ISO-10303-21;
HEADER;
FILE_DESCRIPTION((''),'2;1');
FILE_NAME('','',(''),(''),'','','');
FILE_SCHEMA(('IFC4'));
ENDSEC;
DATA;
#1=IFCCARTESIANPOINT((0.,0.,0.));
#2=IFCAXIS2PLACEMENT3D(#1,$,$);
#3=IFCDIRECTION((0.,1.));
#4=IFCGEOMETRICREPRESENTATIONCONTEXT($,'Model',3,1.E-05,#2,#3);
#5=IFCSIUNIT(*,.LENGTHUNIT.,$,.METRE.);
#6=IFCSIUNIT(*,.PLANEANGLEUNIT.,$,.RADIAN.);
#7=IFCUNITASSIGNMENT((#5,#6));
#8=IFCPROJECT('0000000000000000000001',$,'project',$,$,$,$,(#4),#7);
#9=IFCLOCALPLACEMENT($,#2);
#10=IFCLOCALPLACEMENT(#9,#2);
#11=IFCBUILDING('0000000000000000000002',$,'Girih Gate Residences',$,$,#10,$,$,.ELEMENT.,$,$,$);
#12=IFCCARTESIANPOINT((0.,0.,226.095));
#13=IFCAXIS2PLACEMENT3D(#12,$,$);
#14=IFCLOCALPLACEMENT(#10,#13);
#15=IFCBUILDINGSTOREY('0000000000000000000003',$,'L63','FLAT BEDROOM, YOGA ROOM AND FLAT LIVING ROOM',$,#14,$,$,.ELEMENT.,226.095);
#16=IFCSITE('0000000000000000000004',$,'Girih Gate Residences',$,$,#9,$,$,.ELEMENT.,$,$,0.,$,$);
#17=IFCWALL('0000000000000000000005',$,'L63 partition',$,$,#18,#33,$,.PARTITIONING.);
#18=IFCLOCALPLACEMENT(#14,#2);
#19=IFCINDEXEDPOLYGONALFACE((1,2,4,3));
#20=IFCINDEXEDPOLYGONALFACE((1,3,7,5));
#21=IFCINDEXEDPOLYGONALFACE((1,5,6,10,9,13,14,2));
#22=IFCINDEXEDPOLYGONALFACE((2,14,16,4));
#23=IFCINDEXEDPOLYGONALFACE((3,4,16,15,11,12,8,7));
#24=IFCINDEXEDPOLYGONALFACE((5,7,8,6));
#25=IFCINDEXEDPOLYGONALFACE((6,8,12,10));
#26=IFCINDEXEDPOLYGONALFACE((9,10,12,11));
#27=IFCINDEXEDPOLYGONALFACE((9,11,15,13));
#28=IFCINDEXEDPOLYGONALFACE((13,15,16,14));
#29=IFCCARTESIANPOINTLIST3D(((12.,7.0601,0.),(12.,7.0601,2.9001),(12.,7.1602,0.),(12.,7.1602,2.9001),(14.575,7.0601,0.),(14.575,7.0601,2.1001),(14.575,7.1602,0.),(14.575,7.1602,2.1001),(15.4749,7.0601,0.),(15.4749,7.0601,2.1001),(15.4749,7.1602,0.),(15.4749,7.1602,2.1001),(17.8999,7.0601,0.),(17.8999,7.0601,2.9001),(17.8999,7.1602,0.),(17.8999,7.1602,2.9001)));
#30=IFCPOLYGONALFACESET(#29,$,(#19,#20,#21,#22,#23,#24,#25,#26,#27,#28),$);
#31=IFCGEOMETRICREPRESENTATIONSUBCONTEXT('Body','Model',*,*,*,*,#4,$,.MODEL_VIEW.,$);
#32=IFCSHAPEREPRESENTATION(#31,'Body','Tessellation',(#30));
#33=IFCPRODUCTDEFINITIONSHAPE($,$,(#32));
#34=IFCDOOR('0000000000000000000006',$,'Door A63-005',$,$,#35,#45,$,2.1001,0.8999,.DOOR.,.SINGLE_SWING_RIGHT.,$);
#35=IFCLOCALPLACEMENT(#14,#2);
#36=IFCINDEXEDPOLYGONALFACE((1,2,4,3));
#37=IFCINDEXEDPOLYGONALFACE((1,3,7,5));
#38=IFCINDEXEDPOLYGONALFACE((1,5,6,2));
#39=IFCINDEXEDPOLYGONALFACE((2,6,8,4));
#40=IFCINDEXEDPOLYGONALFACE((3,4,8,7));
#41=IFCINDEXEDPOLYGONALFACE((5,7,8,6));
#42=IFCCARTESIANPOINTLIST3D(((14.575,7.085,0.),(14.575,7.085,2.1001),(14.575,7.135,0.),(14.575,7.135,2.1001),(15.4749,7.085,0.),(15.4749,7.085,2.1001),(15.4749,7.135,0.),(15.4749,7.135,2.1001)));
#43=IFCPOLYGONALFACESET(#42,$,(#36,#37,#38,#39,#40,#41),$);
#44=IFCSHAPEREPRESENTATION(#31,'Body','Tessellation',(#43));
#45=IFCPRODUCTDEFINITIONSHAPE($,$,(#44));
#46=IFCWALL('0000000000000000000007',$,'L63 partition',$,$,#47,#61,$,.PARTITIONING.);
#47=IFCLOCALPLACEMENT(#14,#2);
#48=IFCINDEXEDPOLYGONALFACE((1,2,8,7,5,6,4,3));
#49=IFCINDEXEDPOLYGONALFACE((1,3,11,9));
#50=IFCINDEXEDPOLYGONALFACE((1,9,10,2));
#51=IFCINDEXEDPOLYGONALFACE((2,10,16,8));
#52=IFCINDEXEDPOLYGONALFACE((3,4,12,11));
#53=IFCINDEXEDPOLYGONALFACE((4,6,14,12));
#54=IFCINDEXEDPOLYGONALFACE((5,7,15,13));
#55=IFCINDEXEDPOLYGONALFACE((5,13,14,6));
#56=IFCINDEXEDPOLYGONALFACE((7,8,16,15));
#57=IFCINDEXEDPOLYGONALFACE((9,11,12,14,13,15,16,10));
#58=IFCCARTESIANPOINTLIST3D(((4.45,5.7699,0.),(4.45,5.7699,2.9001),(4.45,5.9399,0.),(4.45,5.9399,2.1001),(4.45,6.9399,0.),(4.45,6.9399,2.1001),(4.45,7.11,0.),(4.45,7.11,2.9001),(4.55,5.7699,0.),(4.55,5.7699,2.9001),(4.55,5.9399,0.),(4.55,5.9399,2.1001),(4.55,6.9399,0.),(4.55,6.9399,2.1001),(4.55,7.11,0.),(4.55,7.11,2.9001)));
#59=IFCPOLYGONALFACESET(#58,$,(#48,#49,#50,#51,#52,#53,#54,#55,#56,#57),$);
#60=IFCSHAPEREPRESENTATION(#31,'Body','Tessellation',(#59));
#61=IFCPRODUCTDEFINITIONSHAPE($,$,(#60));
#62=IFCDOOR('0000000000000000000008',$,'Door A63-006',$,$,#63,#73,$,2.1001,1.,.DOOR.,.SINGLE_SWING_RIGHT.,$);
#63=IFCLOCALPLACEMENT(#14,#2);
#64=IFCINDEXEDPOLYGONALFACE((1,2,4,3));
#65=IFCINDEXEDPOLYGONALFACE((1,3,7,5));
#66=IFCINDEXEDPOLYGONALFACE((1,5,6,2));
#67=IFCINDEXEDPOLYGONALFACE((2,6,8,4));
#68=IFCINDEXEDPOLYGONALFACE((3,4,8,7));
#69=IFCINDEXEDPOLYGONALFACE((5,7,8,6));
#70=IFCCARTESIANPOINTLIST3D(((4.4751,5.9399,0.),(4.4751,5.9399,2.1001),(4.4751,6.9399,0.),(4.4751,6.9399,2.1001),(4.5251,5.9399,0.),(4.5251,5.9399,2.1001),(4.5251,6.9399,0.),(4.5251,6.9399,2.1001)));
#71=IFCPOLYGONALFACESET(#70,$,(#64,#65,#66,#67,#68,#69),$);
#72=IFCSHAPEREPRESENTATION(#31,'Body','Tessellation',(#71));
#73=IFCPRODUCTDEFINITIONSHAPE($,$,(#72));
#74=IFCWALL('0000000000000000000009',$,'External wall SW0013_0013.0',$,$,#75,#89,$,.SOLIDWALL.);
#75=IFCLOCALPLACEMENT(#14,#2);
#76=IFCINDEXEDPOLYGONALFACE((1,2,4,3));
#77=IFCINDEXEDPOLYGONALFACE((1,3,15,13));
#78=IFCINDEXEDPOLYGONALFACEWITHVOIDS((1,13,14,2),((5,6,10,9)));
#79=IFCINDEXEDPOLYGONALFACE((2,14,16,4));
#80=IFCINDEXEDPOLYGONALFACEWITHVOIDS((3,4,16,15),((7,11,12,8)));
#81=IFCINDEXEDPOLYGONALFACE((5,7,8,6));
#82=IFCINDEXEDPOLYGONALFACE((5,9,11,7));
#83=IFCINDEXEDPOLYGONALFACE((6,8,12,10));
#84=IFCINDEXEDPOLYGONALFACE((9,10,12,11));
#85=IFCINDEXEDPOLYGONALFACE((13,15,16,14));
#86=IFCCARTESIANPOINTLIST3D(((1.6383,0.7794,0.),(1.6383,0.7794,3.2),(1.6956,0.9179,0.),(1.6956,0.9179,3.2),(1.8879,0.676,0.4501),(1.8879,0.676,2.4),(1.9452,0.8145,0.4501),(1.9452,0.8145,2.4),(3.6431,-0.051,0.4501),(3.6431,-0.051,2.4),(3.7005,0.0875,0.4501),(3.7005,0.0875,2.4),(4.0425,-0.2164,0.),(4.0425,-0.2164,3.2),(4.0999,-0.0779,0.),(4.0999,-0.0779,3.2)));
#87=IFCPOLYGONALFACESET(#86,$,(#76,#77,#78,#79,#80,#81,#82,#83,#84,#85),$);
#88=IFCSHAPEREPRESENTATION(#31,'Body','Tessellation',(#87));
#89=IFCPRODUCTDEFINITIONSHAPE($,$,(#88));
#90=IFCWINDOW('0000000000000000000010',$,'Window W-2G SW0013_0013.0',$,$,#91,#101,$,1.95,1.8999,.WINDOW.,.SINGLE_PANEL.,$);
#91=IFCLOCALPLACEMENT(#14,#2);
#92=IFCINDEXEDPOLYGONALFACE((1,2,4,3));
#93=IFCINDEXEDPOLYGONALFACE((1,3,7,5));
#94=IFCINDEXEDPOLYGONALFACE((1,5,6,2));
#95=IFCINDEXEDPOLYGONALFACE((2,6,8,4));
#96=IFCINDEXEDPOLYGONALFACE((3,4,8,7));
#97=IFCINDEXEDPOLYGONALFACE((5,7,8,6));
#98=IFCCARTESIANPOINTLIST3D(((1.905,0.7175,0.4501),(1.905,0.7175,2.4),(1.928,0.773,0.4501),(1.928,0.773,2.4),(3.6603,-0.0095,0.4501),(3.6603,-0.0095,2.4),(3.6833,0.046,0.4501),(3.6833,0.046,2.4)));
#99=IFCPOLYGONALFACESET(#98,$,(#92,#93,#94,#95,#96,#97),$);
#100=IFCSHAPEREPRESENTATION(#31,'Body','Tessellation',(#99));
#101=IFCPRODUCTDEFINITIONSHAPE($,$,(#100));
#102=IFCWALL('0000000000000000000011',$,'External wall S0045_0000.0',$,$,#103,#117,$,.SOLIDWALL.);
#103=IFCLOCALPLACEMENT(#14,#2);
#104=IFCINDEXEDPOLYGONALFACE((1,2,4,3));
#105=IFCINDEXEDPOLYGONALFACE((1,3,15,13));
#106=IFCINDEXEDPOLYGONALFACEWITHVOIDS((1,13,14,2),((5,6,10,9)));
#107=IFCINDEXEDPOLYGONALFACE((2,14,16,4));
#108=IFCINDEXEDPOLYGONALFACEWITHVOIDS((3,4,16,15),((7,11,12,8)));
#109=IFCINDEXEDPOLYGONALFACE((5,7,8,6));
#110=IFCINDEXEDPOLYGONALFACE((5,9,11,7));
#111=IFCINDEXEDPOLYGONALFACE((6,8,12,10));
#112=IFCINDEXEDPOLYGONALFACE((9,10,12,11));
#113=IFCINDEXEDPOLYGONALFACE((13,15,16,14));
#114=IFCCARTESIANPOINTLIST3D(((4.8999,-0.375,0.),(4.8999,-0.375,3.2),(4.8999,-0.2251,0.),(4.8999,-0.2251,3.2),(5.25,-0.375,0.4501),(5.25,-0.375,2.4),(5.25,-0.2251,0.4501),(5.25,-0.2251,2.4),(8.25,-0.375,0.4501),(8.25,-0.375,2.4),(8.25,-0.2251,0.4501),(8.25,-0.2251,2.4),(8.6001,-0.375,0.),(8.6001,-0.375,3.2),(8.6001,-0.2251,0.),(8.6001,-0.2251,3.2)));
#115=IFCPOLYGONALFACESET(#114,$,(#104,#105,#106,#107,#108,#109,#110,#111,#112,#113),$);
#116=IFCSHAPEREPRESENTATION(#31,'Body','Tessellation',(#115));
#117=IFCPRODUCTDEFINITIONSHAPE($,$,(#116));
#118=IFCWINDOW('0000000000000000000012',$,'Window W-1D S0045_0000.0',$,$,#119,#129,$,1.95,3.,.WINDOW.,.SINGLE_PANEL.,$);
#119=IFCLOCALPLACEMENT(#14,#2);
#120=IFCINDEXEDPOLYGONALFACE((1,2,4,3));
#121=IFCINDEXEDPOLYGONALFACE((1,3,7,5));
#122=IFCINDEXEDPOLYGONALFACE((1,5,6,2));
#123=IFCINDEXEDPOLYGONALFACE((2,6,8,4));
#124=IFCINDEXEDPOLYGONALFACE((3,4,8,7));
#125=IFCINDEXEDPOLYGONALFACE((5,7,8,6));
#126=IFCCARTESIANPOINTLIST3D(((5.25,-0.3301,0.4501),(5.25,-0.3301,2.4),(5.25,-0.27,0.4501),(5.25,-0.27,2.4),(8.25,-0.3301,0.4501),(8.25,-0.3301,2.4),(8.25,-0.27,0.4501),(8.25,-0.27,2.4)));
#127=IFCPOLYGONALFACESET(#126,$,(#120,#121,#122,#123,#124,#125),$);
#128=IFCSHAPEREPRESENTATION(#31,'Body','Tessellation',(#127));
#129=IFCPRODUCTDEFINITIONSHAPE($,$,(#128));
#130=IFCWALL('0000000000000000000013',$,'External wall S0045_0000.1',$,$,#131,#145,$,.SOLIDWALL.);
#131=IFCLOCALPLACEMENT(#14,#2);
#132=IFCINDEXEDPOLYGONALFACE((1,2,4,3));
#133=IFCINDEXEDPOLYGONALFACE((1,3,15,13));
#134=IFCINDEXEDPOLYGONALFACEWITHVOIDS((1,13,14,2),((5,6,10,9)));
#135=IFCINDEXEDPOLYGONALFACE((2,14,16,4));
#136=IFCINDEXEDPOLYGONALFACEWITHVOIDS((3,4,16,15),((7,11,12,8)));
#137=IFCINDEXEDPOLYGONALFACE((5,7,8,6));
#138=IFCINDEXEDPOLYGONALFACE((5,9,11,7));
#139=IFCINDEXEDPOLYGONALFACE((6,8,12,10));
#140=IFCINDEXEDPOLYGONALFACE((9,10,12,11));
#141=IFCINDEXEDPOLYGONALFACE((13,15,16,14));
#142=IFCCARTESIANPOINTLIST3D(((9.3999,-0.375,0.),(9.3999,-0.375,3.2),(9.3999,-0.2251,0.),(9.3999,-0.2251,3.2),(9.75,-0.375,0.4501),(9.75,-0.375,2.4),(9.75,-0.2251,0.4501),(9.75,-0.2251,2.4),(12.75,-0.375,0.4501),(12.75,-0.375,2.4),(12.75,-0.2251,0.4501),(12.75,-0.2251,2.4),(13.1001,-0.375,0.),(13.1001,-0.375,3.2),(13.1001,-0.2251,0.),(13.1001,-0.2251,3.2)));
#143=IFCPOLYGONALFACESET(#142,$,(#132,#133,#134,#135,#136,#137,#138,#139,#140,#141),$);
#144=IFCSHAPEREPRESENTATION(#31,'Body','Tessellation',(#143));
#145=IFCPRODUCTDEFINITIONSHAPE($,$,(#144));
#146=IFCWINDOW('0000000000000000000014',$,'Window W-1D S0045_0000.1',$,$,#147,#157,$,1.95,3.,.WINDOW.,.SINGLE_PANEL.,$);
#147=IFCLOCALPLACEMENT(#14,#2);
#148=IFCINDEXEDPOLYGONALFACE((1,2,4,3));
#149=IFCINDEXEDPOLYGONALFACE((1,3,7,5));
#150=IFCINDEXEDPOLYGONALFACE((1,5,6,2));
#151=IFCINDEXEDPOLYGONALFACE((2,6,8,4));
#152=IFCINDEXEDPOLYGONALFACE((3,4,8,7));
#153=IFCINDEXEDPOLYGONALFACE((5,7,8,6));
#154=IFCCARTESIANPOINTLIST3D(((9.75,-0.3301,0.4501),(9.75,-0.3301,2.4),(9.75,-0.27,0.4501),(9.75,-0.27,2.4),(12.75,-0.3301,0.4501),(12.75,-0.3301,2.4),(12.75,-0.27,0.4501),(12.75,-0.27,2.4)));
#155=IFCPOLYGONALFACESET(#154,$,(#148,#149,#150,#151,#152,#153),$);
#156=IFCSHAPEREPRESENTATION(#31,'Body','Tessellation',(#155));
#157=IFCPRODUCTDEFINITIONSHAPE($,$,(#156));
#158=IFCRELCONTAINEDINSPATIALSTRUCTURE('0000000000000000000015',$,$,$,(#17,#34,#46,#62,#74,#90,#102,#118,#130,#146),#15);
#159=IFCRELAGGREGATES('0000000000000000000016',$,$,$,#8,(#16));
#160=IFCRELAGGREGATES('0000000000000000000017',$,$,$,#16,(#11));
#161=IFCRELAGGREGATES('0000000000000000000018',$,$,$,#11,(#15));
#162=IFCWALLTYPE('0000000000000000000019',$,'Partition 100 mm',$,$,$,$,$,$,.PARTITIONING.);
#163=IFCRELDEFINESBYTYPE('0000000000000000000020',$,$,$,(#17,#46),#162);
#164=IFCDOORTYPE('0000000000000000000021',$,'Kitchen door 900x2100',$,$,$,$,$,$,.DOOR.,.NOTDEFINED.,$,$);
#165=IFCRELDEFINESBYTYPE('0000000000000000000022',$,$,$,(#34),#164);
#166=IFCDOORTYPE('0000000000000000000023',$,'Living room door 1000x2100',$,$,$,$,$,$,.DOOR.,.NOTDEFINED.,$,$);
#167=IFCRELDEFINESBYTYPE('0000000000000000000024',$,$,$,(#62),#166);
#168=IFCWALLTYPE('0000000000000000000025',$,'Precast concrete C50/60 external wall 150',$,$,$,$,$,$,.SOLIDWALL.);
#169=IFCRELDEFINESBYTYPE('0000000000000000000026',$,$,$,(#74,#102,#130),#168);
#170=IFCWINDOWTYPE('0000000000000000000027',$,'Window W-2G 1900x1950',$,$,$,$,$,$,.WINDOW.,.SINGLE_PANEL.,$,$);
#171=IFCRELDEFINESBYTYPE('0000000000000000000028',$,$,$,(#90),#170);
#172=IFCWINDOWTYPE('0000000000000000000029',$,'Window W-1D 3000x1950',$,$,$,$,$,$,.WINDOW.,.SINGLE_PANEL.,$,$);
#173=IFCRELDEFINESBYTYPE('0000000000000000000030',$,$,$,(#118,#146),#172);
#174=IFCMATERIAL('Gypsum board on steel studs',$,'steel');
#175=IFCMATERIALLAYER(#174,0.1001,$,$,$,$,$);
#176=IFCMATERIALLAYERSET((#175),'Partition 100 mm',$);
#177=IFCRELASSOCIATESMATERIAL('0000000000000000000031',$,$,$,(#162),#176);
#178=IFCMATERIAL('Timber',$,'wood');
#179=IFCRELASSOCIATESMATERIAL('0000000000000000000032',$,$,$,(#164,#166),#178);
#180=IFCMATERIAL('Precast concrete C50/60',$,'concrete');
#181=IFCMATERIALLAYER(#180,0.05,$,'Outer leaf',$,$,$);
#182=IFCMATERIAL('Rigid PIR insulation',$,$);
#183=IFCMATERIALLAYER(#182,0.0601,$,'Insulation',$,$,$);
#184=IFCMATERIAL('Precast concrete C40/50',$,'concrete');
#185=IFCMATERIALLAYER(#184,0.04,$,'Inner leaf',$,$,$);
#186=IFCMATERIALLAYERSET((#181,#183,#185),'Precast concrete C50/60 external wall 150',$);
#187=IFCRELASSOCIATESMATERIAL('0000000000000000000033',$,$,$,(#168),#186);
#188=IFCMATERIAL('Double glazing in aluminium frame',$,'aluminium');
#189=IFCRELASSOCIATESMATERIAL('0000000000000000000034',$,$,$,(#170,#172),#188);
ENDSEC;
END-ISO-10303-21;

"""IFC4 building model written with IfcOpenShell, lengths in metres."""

from ifc_helpers import new_model, si_unit, direction, frame, frame_2d, origin, place, context, subcontext, project, spatial, rectangle, extrude, material, layer, layer_set, type_object, element, fill, save


model = new_model("IFC4")

# Units and contexts
model_context = context("Model", 3, precision=1e-05, world=origin(), true_north=direction((0.0, 1.0)))
body_context = subcontext(model_context, "Body", "Model", "MODEL_VIEW")
ifc_project = project(units=[si_unit("LENGTHUNIT", "METRE"), si_unit("PLANEANGLEUNIT", "RADIAN")], contexts=[model_context])

# Site, building, storey
site_placement = place(None, origin())
site = spatial("IfcSite", under=ifc_project, at=site_placement, Name="Girih Gate Residences", CompositionType="ELEMENT", RefElevation=0.0)
building_placement = place(site_placement, origin())
building = spatial("IfcBuilding", under=site, at=building_placement, Name="Girih Gate Residences", CompositionType="ELEMENT")
storey_placement = place(building_placement, frame((0.0, 0.0, 226.095)))
storey = spatial("IfcBuildingStorey", under=building, at=storey_placement, Name="L63", Description="FLAT BEDROOM, YOGA ROOM AND FLAT LIVING ROOM", CompositionType="ELEMENT", Elevation=226.095)

# Shared definitions
ifc_material_1 = material(Name="Gypsum board on steel studs", Category="steel")
ifc_layer_1 = layer(ifc_material_1, 0.1001)
ifc_layer_set_1 = layer_set([ifc_layer_1], Name="Partition 100 mm")
wall_type_1 = type_object("IfcWallType", Name="Partition 100 mm", PredefinedType="PARTITIONING", material=ifc_layer_set_1)

# Shared definitions
ifc_material_2 = material(Name="Timber", Category="wood")

# Walls, openings, doors
wall_1_placement = place(storey_placement, frame((12.0, 7.1101, 0.0), z_axis=(0.0, 0.0, 1.0), x_axis=(1.0, 0.0, 0.0)))
wall_1 = element("IfcWall", 1, at=wall_1_placement, inside=storey, type_object=wall_type_1, Name="L63 partition", PredefinedType="PARTITIONING", context=body_context, shape_type="SweptSolid", body=[
    extrude(rectangle(XDim=5.8999, YDim=0.1001, at=frame_2d((2.95, 0.0))), origin(), (0.0, 0.0, 1.0), 2.9001),
])
opening_1_placement = place(wall_1_placement, frame((2.575, 0.0, 0.0)))
opening_1 = element("IfcOpeningElement", 2, at=opening_1_placement, cuts=wall_1, PredefinedType="OPENING", context=body_context, shape_type="SweptSolid", body=[
    extrude(rectangle(XDim=0.8999, YDim=2.1001, at=frame_2d((0.45, 1.05))), frame((0.0, 0.0601, 0.0), z_axis=(0.0, -1.0, 0.0), x_axis=(1.0, 0.0, 0.0)), (0.0, 0.0, 1.0), 0.1201),
])
door_type_1 = type_object("IfcDoorType", Name="Kitchen door 900x2100", OperationType="NOTDEFINED", PredefinedType="DOOR", material=ifc_material_2)
door_1_placement = place(opening_1_placement, origin())
door_1 = element("IfcDoor", 3, at=door_1_placement, inside=storey, type_object=door_type_1, Name="Door A63-005", OperationType="SINGLE_SWING_RIGHT", OverallHeight=2.1001, OverallWidth=0.8999, PredefinedType="DOOR", context=body_context, shape_type="SweptSolid", body=[
    extrude(rectangle(XDim=0.8999, YDim=2.1001, at=frame_2d((0.45, 1.05))), frame((0.0, 0.0249, 0.0), z_axis=(0.0, -1.0, 0.0), x_axis=(1.0, 0.0, 0.0)), (0.0, 0.0, 1.0), 0.05),
])
fill(opening_1, door_1)
wall_2_placement = place(storey_placement, frame((4.5, 5.77, 0.0), z_axis=(0.0, 0.0, 1.0), x_axis=(0.0, 1.0, 0.0)))
wall_2 = element("IfcWall", 4, at=wall_2_placement, inside=storey, type_object=wall_type_1, Name="L63 partition", PredefinedType="PARTITIONING", context=body_context, shape_type="SweptSolid", body=[
    extrude(rectangle(XDim=1.3401, YDim=0.1001, at=frame_2d((0.6699, 0.0))), origin(), (0.0, 0.0, 1.0), 2.9001),
])
opening_2_placement = place(wall_2_placement, frame((0.1699, 0.0, 0.0)))
opening_2 = element("IfcOpeningElement", 5, at=opening_2_placement, cuts=wall_2, PredefinedType="OPENING", context=body_context, shape_type="SweptSolid", body=[
    extrude(rectangle(XDim=1.0, YDim=2.1001, at=frame_2d((0.5, 1.05))), frame((0.0, 0.0601, 0.0), z_axis=(0.0, -1.0, 0.0), x_axis=(1.0, 0.0, 0.0)), (0.0, 0.0, 1.0), 0.1201),
])
door_type_2 = type_object("IfcDoorType", Name="Living room door 1000x2100", OperationType="NOTDEFINED", PredefinedType="DOOR", material=ifc_material_2)
door_2_placement = place(opening_2_placement, origin())
door_2 = element("IfcDoor", 6, at=door_2_placement, inside=storey, type_object=door_type_2, Name="Door A63-006", OperationType="SINGLE_SWING_RIGHT", OverallHeight=2.1001, OverallWidth=1.0, PredefinedType="DOOR", context=body_context, shape_type="SweptSolid", body=[
    extrude(rectangle(XDim=1.0, YDim=2.1001, at=frame_2d((0.5, 1.05))), frame((0.0, 0.0249, 0.0), z_axis=(0.0, -1.0, 0.0), x_axis=(1.0, 0.0, 0.0)), (0.0, 0.0, 1.0), 0.05),
])
fill(opening_2, door_2)

# Walls, openings, windows
ifc_material_3 = material(Name="Precast concrete C50/60", Category="concrete")
ifc_layer_2 = layer(ifc_material_3, 0.05, Name="Outer leaf")
ifc_material_4 = material(Name="Rigid PIR insulation")
ifc_layer_3 = layer(ifc_material_4, 0.0601, Name="Insulation")
ifc_material_5 = material(Name="Precast concrete C40/50", Category="concrete")
ifc_layer_4 = layer(ifc_material_5, 0.04, Name="Inner leaf")
ifc_layer_set_2 = layer_set([ifc_layer_2, ifc_layer_3, ifc_layer_4], Name="Precast concrete C50/60 external wall 150")
wall_type_2 = type_object("IfcWallType", Name="Precast concrete C50/60 external wall 150", PredefinedType="SOLIDWALL", material=ifc_layer_set_2)
wall_3_placement = place(storey_placement, frame((4.0713, -0.1472, 0.0), z_axis=(0.0, 0.0, 1.0), x_axis=(-0.923885, 0.382669, 0.0)))
wall_3 = element("IfcWall", 7, at=wall_3_placement, inside=storey, type_object=wall_type_2, Name="External wall SW0013_0013.0", PredefinedType="SOLIDWALL", context=body_context, shape_type="SweptSolid", body=[
    extrude(rectangle(XDim=2.6023, YDim=0.1499, at=frame_2d((1.3013, 0.0))), origin(), (0.0, 0.0, 1.0), 3.2),
])
opening_3_placement = place(wall_3_placement, frame((0.4324, 0.0, 0.45)))
opening_3 = element("IfcOpeningElement", 8, at=opening_3_placement, cuts=wall_3, PredefinedType="OPENING", context=body_context, shape_type="SweptSolid", body=[
    extrude(rectangle(XDim=1.8999, YDim=1.95, at=frame_2d((0.95, 0.9751))), frame((0.0, 0.085, 0.0), z_axis=(0.0, -1.0, 0.0), x_axis=(1.0, 0.0, 0.0)), (0.0, 0.0, 1.0), 0.1699),
])
ifc_material_6 = material(Name="Double glazing in aluminium frame", Category="aluminium")
window_type_1 = type_object("IfcWindowType", Name="Window W-2G 1900x1950", PartitioningType="SINGLE_PANEL", PredefinedType="WINDOW", material=ifc_material_6)
window_1_placement = place(opening_3_placement, origin())
window_1 = element("IfcWindow", 9, at=window_1_placement, inside=storey, type_object=window_type_1, Name="Window W-2G SW0013_0013.0", OverallHeight=1.95, OverallWidth=1.8999, PartitioningType="SINGLE_PANEL", PredefinedType="WINDOW", context=body_context, shape_type="SweptSolid", body=[
    extrude(rectangle(XDim=1.8999, YDim=1.95, at=frame_2d((0.95, 0.9751))), frame((0.0, 0.03, 0.0), z_axis=(0.0, -1.0, 0.0), x_axis=(1.0, 0.0, 0.0)), (0.0, 0.0, 1.0), 0.0601),
])
fill(opening_3, window_1)
wall_4_placement = place(storey_placement, frame((8.6001, -0.3, 0.0), z_axis=(0.0, 0.0, 1.0), x_axis=(-1.0, 0.0, 0.0)))
wall_4 = element("IfcWall", 10, at=wall_4_placement, inside=storey, type_object=wall_type_2, Name="External wall S0045_0000.0", PredefinedType="SOLIDWALL", context=body_context, shape_type="SweptSolid", body=[
    extrude(rectangle(XDim=3.7002, YDim=0.1499, at=frame_2d((1.8501, 0.0))), origin(), (0.0, 0.0, 1.0), 3.2),
])
opening_4_placement = place(wall_4_placement, frame((0.3501, 0.0, 0.45)))
opening_4 = element("IfcOpeningElement", 11, at=opening_4_placement, cuts=wall_4, PredefinedType="OPENING", context=body_context, shape_type="SweptSolid", body=[
    extrude(rectangle(XDim=3.0, YDim=1.95, at=frame_2d((1.5, 0.9751))), frame((0.0, 0.085, 0.0), z_axis=(0.0, -1.0, 0.0), x_axis=(1.0, 0.0, 0.0)), (0.0, 0.0, 1.0), 0.1699),
])
window_type_2 = type_object("IfcWindowType", Name="Window W-1D 3000x1950", PartitioningType="SINGLE_PANEL", PredefinedType="WINDOW", material=ifc_material_6)
window_2_placement = place(opening_4_placement, origin())
window_2 = element("IfcWindow", 12, at=window_2_placement, inside=storey, type_object=window_type_2, Name="Window W-1D S0045_0000.0", OverallHeight=1.95, OverallWidth=3.0, PartitioningType="SINGLE_PANEL", PredefinedType="WINDOW", context=body_context, shape_type="SweptSolid", body=[
    extrude(rectangle(XDim=3.0, YDim=1.95, at=frame_2d((1.5, 0.9751))), frame((0.0, 0.03, 0.0), z_axis=(0.0, -1.0, 0.0), x_axis=(1.0, 0.0, 0.0)), (0.0, 0.0, 1.0), 0.0601),
])
fill(opening_4, window_2)
wall_5_placement = place(storey_placement, frame((13.1001, -0.3, 0.0), z_axis=(0.0, 0.0, 1.0), x_axis=(-1.0, 0.0, 0.0)))
wall_5 = element("IfcWall", 13, at=wall_5_placement, inside=storey, type_object=wall_type_2, Name="External wall S0045_0000.1", PredefinedType="SOLIDWALL", context=body_context, shape_type="SweptSolid", body=[
    extrude(rectangle(XDim=3.7002, YDim=0.1499, at=frame_2d((1.8501, 0.0))), origin(), (0.0, 0.0, 1.0), 3.2),
])
opening_5_placement = place(wall_5_placement, frame((0.3501, 0.0, 0.45)))
opening_5 = element("IfcOpeningElement", 14, at=opening_5_placement, cuts=wall_5, PredefinedType="OPENING", context=body_context, shape_type="SweptSolid", body=[
    extrude(rectangle(XDim=3.0, YDim=1.95, at=frame_2d((1.5, 0.9751))), frame((0.0, 0.085, 0.0), z_axis=(0.0, -1.0, 0.0), x_axis=(1.0, 0.0, 0.0)), (0.0, 0.0, 1.0), 0.1699),
])
window_3_placement = place(opening_5_placement, origin())
window_3 = element("IfcWindow", 15, at=window_3_placement, inside=storey, type_object=window_type_2, Name="Window W-1D S0045_0000.1", OverallHeight=1.95, OverallWidth=3.0, PartitioningType="SINGLE_PANEL", PredefinedType="WINDOW", context=body_context, shape_type="SweptSolid", body=[
    extrude(rectangle(XDim=3.0, YDim=1.95, at=frame_2d((1.5, 0.9751))), frame((0.0, 0.03, 0.0), z_axis=(0.0, -1.0, 0.0), x_axis=(1.0, 0.0, 0.0)), (0.0, 0.0, 1.0), 0.0601),
])
fill(opening_5, window_3)

save(model, "model.ifc")
